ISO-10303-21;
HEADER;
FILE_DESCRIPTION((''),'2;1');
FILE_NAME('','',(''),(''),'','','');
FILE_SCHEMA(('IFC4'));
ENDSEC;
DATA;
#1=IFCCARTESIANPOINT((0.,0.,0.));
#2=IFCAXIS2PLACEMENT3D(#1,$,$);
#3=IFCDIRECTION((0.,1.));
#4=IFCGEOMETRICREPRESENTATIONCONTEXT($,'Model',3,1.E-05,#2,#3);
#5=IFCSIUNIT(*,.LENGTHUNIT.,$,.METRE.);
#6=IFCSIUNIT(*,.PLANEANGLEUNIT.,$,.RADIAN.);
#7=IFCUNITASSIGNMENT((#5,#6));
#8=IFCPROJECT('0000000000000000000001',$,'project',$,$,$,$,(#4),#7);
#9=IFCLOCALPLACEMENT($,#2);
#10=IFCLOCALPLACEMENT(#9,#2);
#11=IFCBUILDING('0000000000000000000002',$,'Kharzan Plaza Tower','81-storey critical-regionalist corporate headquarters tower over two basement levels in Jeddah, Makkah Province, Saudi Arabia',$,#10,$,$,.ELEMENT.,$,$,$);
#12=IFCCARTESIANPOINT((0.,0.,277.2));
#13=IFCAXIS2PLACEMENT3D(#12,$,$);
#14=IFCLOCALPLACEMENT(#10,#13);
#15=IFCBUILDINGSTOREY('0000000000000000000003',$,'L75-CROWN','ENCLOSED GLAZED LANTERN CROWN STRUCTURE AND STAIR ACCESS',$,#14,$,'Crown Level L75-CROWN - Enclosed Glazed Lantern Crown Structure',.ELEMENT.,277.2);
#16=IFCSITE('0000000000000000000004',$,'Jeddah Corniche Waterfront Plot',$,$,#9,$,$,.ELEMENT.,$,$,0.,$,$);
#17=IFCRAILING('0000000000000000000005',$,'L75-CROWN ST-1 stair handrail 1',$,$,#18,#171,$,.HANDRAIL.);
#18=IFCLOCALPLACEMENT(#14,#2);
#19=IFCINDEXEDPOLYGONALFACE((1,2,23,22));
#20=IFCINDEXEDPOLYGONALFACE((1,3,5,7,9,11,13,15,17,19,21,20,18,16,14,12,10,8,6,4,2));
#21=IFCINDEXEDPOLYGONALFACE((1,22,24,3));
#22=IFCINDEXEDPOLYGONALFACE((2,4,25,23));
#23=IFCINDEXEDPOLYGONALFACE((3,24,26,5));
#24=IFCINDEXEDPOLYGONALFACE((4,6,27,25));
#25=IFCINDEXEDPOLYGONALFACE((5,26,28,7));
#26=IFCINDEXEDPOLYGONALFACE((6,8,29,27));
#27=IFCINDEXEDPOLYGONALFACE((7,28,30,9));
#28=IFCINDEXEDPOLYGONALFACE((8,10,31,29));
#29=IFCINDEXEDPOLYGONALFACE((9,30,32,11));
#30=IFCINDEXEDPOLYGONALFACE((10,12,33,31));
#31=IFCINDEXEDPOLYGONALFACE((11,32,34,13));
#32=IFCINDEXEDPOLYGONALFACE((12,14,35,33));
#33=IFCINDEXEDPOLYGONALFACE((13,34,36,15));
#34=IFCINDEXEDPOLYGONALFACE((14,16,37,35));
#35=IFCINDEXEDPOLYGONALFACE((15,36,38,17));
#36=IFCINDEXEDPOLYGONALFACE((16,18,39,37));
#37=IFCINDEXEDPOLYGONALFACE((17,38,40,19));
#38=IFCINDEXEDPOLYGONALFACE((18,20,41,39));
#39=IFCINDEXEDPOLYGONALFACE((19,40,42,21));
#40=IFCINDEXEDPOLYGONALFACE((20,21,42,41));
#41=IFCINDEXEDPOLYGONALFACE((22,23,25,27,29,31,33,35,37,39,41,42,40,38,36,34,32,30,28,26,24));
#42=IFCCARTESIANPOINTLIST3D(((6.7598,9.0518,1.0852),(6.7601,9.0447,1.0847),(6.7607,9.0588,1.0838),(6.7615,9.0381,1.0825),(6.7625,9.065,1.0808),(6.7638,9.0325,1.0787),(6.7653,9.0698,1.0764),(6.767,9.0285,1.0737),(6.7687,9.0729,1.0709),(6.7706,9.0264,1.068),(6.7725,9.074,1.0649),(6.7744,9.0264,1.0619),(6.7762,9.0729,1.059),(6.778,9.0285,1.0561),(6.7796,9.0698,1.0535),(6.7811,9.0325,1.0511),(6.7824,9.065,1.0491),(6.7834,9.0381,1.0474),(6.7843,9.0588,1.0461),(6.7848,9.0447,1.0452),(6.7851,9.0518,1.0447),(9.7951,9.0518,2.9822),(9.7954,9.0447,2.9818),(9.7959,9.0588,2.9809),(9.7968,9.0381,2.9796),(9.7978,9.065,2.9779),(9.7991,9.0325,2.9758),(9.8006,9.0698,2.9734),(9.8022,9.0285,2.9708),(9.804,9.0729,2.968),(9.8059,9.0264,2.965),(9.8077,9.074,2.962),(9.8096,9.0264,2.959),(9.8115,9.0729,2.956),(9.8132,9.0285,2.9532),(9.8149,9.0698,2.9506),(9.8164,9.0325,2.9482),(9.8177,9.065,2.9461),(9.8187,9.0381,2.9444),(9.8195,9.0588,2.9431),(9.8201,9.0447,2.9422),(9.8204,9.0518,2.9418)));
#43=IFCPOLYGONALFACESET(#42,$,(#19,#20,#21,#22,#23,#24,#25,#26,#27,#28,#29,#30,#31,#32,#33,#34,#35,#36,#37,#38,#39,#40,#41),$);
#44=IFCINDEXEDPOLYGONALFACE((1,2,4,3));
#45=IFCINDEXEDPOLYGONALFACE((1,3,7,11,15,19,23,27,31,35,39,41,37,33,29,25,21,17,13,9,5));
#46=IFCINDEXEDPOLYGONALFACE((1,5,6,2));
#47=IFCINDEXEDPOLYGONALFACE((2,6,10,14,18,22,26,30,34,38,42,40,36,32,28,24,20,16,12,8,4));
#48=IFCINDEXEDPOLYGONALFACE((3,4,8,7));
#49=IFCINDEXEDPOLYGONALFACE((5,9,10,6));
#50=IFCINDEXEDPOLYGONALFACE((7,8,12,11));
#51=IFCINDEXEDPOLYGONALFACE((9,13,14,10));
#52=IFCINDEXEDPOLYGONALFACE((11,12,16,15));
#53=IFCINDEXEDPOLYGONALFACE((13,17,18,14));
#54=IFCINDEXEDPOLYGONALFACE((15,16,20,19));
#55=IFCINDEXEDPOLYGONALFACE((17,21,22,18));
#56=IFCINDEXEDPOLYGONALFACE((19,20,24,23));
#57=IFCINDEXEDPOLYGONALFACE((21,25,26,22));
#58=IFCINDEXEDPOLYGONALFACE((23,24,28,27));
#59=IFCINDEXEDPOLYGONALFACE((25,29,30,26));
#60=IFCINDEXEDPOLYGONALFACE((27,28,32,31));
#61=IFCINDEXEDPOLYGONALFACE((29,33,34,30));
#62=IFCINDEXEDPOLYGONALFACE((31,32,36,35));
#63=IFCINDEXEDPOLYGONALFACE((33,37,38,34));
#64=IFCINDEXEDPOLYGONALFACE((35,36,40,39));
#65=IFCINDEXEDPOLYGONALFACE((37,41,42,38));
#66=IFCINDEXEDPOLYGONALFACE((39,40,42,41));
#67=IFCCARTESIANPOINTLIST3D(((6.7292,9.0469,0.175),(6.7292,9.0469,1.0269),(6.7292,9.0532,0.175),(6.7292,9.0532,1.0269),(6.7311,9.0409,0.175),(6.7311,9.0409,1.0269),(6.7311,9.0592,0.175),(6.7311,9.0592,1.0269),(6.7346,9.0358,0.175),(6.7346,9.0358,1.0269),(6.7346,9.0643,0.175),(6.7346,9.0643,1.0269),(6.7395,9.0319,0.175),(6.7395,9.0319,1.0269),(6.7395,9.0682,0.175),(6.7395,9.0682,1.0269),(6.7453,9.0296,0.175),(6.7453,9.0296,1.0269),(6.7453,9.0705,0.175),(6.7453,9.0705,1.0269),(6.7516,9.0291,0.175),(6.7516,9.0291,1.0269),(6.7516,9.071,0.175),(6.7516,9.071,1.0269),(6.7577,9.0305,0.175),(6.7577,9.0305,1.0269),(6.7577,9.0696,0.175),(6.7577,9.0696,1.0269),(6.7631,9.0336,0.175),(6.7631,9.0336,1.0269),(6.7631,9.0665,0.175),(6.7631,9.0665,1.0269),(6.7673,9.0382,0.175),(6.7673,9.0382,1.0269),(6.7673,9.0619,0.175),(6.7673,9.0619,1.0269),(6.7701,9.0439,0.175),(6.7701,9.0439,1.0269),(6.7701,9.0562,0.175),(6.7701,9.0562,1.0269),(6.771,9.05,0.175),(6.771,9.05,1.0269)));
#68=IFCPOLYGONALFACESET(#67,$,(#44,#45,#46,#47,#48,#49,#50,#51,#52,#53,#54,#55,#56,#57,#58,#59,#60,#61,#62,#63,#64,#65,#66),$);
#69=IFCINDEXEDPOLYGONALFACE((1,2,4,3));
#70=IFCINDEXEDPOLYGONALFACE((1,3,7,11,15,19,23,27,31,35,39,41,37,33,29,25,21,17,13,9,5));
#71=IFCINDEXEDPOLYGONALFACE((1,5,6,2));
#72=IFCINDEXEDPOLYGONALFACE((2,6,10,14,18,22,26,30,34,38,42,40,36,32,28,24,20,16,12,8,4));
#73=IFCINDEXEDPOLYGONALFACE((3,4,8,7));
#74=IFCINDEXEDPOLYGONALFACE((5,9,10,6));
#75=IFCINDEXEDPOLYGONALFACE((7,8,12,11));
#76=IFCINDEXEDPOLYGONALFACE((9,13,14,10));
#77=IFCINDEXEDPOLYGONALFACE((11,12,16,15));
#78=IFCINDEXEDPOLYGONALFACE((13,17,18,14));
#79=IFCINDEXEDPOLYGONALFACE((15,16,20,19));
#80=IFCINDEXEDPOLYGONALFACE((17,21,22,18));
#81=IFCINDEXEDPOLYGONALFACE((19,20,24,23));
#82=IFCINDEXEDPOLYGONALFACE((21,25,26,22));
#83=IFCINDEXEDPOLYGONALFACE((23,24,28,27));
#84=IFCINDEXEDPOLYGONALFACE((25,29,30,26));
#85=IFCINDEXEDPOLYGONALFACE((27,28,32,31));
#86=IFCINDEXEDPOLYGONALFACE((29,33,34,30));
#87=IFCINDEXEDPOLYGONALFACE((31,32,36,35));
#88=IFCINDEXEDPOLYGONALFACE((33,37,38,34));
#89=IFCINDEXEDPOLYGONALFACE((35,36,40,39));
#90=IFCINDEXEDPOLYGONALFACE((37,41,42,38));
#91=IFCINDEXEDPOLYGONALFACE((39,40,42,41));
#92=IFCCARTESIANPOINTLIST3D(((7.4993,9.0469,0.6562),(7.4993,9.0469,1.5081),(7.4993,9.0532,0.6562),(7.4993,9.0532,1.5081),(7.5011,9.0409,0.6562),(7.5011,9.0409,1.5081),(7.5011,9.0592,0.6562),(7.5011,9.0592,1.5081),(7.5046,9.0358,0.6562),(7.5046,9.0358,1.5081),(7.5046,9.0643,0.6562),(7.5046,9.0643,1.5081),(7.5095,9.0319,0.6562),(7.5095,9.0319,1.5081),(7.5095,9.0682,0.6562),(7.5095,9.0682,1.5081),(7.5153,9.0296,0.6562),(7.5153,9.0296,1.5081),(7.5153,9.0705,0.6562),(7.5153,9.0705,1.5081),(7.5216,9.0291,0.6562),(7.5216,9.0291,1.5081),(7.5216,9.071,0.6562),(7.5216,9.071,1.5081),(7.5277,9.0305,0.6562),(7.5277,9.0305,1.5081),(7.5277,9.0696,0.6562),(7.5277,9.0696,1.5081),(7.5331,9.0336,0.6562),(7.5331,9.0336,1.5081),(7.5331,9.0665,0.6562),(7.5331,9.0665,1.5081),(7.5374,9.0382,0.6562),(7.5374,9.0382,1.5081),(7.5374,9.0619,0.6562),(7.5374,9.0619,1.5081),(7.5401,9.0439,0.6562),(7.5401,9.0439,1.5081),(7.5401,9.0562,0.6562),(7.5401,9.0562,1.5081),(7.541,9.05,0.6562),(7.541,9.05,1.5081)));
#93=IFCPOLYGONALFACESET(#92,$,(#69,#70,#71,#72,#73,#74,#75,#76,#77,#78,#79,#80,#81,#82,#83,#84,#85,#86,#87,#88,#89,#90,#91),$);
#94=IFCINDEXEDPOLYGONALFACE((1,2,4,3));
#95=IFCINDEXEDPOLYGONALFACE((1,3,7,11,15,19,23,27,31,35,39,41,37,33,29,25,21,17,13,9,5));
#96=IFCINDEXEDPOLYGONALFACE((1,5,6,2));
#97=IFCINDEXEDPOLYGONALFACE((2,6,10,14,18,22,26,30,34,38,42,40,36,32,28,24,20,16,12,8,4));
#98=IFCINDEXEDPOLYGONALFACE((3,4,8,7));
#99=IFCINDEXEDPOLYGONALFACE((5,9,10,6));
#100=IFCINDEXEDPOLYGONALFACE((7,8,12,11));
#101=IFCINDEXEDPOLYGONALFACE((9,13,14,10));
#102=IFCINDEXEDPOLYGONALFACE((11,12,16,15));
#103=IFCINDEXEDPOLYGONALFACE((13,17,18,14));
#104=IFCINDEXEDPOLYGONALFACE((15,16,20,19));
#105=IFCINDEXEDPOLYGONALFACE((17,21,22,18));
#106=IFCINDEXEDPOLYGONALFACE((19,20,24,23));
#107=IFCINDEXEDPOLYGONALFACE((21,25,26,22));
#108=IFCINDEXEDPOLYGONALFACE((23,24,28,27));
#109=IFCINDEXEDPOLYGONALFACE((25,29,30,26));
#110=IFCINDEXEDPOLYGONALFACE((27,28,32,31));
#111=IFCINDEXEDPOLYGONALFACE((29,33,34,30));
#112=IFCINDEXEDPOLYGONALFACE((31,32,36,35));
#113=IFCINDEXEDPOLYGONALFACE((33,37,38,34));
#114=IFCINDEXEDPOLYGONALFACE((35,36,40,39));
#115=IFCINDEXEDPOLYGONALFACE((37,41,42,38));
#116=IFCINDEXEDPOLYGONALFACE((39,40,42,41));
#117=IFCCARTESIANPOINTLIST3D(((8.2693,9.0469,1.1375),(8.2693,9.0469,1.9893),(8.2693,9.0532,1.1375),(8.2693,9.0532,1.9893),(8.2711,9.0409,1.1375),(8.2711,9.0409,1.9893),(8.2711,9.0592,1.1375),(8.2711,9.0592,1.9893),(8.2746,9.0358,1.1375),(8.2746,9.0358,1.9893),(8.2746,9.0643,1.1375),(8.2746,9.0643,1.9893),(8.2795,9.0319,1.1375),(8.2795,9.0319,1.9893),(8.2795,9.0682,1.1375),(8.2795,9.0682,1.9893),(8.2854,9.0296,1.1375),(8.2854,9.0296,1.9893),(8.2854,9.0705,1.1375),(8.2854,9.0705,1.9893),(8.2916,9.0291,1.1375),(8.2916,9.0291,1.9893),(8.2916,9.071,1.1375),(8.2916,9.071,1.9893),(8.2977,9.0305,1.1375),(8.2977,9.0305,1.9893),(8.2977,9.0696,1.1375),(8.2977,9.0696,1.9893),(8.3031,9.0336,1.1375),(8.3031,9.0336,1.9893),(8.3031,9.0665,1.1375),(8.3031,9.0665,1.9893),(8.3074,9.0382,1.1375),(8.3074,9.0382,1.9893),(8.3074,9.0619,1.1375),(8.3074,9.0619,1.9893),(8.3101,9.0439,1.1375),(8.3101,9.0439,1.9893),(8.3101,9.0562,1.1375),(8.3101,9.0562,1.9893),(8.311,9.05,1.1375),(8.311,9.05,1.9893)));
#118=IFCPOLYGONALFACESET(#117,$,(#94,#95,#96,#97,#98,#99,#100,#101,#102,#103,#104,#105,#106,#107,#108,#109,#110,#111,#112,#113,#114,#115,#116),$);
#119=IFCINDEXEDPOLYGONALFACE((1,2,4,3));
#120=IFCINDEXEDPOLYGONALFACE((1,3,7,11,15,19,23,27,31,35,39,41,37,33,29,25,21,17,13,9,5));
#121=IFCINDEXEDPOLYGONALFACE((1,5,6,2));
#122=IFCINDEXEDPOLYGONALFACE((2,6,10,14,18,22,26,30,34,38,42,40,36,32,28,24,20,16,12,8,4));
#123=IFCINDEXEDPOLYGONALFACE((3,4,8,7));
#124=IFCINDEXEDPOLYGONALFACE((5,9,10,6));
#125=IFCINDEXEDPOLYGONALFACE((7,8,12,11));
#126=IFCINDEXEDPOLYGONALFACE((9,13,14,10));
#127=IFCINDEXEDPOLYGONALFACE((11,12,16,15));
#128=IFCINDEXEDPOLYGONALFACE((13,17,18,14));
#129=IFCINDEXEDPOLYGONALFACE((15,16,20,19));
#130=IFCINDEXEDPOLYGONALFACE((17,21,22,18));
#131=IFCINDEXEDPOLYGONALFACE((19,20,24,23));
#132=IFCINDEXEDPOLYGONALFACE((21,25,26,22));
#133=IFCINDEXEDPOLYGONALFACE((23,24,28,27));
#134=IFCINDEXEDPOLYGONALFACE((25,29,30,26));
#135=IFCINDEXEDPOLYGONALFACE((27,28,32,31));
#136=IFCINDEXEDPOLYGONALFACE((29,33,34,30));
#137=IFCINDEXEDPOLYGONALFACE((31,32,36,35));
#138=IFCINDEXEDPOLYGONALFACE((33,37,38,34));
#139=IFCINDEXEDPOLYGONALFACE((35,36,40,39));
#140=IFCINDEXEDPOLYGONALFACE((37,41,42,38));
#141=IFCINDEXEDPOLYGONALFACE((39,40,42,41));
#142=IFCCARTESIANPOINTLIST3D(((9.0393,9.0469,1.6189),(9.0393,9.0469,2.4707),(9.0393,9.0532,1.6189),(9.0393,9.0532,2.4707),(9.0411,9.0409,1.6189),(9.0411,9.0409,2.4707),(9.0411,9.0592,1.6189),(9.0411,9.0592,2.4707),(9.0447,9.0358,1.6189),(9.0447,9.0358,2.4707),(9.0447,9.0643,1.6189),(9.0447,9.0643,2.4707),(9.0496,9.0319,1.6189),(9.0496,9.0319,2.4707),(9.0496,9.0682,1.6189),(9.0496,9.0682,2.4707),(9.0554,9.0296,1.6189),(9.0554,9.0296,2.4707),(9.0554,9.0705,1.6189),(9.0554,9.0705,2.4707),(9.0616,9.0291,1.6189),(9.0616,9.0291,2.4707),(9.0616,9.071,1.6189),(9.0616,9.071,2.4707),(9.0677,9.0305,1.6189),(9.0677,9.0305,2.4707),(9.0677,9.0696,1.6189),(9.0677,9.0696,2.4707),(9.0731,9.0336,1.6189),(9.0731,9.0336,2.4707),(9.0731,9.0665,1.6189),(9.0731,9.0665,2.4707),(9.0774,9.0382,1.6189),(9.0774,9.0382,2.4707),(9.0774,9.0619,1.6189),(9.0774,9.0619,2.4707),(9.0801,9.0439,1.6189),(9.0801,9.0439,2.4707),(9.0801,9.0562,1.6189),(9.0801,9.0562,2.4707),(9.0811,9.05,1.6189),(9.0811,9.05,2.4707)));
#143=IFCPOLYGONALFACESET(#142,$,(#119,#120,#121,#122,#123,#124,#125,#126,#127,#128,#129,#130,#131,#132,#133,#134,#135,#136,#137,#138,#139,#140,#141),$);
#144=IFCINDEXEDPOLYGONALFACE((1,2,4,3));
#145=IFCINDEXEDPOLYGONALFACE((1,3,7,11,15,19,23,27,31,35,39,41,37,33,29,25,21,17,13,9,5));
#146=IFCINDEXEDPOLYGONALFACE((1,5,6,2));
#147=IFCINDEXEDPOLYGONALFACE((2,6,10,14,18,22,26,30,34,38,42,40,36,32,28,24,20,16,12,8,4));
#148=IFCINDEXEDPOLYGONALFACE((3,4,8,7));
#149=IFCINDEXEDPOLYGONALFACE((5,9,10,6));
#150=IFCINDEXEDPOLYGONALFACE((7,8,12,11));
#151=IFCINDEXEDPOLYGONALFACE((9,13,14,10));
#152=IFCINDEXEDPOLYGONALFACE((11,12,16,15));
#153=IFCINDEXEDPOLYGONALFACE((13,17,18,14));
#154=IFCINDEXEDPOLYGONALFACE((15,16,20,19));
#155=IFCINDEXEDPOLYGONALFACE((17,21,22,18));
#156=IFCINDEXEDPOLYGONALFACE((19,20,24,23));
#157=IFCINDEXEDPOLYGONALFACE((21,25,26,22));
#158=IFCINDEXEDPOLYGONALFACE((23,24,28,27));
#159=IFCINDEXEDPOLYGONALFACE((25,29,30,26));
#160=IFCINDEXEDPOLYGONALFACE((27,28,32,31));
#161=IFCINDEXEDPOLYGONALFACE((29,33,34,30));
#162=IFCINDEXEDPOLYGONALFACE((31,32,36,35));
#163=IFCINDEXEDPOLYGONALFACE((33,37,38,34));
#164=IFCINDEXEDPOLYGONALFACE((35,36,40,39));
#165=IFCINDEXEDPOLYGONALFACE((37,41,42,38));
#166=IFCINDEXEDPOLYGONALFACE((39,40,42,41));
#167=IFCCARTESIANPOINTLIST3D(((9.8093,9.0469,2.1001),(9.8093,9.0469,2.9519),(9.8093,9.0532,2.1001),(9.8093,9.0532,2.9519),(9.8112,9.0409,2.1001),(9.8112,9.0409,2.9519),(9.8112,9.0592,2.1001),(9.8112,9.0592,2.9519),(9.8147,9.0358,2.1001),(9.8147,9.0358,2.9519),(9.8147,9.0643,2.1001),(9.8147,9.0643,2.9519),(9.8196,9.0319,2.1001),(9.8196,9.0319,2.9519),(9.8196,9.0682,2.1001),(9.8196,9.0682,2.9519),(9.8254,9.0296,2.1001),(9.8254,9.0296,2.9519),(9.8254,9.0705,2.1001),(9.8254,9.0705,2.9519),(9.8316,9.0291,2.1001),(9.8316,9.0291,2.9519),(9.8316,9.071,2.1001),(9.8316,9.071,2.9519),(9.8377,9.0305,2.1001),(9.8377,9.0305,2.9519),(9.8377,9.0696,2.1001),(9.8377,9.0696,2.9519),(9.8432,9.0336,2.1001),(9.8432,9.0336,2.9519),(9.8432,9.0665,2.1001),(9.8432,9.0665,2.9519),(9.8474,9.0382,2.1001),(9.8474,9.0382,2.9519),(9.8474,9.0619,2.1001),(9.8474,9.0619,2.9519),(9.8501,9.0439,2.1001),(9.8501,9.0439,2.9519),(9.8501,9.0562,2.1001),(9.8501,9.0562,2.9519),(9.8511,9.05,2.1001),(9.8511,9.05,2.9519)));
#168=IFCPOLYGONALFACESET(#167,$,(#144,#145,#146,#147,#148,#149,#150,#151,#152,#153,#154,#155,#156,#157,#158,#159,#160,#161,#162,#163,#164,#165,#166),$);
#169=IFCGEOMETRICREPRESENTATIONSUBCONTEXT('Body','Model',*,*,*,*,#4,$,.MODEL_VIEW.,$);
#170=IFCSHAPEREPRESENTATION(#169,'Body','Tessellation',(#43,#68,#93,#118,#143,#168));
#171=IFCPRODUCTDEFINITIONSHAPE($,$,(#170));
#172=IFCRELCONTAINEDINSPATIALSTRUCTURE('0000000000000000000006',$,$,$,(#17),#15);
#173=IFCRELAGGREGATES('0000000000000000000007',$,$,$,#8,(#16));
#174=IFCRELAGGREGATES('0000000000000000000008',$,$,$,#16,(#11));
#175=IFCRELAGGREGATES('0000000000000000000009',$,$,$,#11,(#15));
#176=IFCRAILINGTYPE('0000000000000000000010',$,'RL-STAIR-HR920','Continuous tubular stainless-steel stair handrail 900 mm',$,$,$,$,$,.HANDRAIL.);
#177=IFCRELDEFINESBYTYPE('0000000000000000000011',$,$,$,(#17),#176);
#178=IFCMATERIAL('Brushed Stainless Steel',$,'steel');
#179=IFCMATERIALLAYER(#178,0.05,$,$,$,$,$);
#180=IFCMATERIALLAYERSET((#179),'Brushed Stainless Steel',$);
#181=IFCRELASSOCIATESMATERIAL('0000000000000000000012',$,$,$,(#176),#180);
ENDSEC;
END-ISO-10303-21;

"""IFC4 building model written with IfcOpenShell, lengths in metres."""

from ifc_helpers import new_model, si_unit, direction, frame, origin, origin_2d, place, context, subcontext, project, spatial, circle, extrude, source, transform, mapped, material, layer, layer_set, type_object, element, save


model = new_model("IFC4")

# Units and contexts
model_context = context("Model", 3, precision=1e-05, world=origin(), true_north=direction((0.0, 1.0)))
body_context = subcontext(model_context, "Body", "Model", "MODEL_VIEW")
ifc_project = project(units=[si_unit("LENGTHUNIT", "METRE"), si_unit("PLANEANGLEUNIT", "RADIAN")], contexts=[model_context])

# Site, building, storey
site_placement = place(None, origin())
site = spatial("IfcSite", under=ifc_project, at=site_placement, Name="Jeddah Corniche Waterfront Plot", CompositionType="ELEMENT", RefElevation=0.0)
building_placement = place(site_placement, origin())
building = spatial("IfcBuilding", under=site, at=building_placement, Name="Kharzan Plaza Tower", Description="81-storey critical-regionalist corporate headquarters tower over two basement levels in Jeddah, Makkah Province, Saudi Arabia", CompositionType="ELEMENT")
storey_placement = place(building_placement, frame((0.0, 0.0, 277.2)))
storey = spatial("IfcBuildingStorey", under=building, at=storey_placement, Name="L75-CROWN", Description="ENCLOSED GLAZED LANTERN CROWN STRUCTURE AND STAIR ACCESS", LongName="Crown Level L75-CROWN - Enclosed Glazed Lantern Crown Structure", CompositionType="ELEMENT", Elevation=277.2)

# Shared definitions
ifc_material_1 = material(Name="Brushed Stainless Steel", Category="steel")

# Railing
ifc_layer_1 = layer(ifc_material_1, 0.05)
ifc_layer_set_1 = layer_set([ifc_layer_1], Name="Brushed Stainless Steel")
railing_type_1 = type_object("IfcRailingType", Name="RL-STAIR-HR920", Description="Continuous tubular stainless-steel stair handrail 900 mm", PredefinedType="HANDRAIL", material=ifc_layer_set_1)
shared_shape_1 = source(origin(), body_context, "Body", "SweptSolid", [
    extrude(circle(Radius=0.0239, at=origin_2d()), frame((0.0225, 0.0, 0.8899), z_axis=(0.847998, 0.0, 0.529999), x_axis=(0.0, 1.0, 0.0)), (0.0, 0.0, 1.0), 3.5793),
    extrude(circle(Radius=0.021, at=origin_2d()), origin(), (0.0, 0.0, 1.0), 0.8518),
    extrude(circle(Radius=0.021, at=origin_2d()), frame((0.77, 0.0, 0.4812)), (0.0, 0.0, 1.0), 0.8518),
    extrude(circle(Radius=0.021, at=origin_2d()), frame((1.54, 0.0, 0.9624)), (0.0, 0.0, 1.0), 0.8518),
    extrude(circle(Radius=0.021, at=origin_2d()), frame((2.3101, 0.0, 1.4438)), (0.0, 0.0, 1.0), 0.8518),
    extrude(circle(Radius=0.021, at=origin_2d()), frame((3.0801, 0.0, 1.925)), (0.0, 0.0, 1.0), 0.8518),
])
railing_1_placement = place(storey_placement, frame((6.75, 9.05, 0.175)))
element("IfcRailing", 1, at=railing_1_placement, inside=storey, type_object=railing_type_1, Name="L75-CROWN ST-1 stair handrail 1", PredefinedType="HANDRAIL", context=body_context, shape_type="MappedRepresentation", body=[
    mapped(shared_shape_1, transform((0.0, 0.0, 0.0), x_axis=(1.0, 0.0, 0.0), y_axis=(0.0, 1.0, 0.0), z_axis=(0.0, 0.0, 1.0))),
])

save(model, "model.ifc")
